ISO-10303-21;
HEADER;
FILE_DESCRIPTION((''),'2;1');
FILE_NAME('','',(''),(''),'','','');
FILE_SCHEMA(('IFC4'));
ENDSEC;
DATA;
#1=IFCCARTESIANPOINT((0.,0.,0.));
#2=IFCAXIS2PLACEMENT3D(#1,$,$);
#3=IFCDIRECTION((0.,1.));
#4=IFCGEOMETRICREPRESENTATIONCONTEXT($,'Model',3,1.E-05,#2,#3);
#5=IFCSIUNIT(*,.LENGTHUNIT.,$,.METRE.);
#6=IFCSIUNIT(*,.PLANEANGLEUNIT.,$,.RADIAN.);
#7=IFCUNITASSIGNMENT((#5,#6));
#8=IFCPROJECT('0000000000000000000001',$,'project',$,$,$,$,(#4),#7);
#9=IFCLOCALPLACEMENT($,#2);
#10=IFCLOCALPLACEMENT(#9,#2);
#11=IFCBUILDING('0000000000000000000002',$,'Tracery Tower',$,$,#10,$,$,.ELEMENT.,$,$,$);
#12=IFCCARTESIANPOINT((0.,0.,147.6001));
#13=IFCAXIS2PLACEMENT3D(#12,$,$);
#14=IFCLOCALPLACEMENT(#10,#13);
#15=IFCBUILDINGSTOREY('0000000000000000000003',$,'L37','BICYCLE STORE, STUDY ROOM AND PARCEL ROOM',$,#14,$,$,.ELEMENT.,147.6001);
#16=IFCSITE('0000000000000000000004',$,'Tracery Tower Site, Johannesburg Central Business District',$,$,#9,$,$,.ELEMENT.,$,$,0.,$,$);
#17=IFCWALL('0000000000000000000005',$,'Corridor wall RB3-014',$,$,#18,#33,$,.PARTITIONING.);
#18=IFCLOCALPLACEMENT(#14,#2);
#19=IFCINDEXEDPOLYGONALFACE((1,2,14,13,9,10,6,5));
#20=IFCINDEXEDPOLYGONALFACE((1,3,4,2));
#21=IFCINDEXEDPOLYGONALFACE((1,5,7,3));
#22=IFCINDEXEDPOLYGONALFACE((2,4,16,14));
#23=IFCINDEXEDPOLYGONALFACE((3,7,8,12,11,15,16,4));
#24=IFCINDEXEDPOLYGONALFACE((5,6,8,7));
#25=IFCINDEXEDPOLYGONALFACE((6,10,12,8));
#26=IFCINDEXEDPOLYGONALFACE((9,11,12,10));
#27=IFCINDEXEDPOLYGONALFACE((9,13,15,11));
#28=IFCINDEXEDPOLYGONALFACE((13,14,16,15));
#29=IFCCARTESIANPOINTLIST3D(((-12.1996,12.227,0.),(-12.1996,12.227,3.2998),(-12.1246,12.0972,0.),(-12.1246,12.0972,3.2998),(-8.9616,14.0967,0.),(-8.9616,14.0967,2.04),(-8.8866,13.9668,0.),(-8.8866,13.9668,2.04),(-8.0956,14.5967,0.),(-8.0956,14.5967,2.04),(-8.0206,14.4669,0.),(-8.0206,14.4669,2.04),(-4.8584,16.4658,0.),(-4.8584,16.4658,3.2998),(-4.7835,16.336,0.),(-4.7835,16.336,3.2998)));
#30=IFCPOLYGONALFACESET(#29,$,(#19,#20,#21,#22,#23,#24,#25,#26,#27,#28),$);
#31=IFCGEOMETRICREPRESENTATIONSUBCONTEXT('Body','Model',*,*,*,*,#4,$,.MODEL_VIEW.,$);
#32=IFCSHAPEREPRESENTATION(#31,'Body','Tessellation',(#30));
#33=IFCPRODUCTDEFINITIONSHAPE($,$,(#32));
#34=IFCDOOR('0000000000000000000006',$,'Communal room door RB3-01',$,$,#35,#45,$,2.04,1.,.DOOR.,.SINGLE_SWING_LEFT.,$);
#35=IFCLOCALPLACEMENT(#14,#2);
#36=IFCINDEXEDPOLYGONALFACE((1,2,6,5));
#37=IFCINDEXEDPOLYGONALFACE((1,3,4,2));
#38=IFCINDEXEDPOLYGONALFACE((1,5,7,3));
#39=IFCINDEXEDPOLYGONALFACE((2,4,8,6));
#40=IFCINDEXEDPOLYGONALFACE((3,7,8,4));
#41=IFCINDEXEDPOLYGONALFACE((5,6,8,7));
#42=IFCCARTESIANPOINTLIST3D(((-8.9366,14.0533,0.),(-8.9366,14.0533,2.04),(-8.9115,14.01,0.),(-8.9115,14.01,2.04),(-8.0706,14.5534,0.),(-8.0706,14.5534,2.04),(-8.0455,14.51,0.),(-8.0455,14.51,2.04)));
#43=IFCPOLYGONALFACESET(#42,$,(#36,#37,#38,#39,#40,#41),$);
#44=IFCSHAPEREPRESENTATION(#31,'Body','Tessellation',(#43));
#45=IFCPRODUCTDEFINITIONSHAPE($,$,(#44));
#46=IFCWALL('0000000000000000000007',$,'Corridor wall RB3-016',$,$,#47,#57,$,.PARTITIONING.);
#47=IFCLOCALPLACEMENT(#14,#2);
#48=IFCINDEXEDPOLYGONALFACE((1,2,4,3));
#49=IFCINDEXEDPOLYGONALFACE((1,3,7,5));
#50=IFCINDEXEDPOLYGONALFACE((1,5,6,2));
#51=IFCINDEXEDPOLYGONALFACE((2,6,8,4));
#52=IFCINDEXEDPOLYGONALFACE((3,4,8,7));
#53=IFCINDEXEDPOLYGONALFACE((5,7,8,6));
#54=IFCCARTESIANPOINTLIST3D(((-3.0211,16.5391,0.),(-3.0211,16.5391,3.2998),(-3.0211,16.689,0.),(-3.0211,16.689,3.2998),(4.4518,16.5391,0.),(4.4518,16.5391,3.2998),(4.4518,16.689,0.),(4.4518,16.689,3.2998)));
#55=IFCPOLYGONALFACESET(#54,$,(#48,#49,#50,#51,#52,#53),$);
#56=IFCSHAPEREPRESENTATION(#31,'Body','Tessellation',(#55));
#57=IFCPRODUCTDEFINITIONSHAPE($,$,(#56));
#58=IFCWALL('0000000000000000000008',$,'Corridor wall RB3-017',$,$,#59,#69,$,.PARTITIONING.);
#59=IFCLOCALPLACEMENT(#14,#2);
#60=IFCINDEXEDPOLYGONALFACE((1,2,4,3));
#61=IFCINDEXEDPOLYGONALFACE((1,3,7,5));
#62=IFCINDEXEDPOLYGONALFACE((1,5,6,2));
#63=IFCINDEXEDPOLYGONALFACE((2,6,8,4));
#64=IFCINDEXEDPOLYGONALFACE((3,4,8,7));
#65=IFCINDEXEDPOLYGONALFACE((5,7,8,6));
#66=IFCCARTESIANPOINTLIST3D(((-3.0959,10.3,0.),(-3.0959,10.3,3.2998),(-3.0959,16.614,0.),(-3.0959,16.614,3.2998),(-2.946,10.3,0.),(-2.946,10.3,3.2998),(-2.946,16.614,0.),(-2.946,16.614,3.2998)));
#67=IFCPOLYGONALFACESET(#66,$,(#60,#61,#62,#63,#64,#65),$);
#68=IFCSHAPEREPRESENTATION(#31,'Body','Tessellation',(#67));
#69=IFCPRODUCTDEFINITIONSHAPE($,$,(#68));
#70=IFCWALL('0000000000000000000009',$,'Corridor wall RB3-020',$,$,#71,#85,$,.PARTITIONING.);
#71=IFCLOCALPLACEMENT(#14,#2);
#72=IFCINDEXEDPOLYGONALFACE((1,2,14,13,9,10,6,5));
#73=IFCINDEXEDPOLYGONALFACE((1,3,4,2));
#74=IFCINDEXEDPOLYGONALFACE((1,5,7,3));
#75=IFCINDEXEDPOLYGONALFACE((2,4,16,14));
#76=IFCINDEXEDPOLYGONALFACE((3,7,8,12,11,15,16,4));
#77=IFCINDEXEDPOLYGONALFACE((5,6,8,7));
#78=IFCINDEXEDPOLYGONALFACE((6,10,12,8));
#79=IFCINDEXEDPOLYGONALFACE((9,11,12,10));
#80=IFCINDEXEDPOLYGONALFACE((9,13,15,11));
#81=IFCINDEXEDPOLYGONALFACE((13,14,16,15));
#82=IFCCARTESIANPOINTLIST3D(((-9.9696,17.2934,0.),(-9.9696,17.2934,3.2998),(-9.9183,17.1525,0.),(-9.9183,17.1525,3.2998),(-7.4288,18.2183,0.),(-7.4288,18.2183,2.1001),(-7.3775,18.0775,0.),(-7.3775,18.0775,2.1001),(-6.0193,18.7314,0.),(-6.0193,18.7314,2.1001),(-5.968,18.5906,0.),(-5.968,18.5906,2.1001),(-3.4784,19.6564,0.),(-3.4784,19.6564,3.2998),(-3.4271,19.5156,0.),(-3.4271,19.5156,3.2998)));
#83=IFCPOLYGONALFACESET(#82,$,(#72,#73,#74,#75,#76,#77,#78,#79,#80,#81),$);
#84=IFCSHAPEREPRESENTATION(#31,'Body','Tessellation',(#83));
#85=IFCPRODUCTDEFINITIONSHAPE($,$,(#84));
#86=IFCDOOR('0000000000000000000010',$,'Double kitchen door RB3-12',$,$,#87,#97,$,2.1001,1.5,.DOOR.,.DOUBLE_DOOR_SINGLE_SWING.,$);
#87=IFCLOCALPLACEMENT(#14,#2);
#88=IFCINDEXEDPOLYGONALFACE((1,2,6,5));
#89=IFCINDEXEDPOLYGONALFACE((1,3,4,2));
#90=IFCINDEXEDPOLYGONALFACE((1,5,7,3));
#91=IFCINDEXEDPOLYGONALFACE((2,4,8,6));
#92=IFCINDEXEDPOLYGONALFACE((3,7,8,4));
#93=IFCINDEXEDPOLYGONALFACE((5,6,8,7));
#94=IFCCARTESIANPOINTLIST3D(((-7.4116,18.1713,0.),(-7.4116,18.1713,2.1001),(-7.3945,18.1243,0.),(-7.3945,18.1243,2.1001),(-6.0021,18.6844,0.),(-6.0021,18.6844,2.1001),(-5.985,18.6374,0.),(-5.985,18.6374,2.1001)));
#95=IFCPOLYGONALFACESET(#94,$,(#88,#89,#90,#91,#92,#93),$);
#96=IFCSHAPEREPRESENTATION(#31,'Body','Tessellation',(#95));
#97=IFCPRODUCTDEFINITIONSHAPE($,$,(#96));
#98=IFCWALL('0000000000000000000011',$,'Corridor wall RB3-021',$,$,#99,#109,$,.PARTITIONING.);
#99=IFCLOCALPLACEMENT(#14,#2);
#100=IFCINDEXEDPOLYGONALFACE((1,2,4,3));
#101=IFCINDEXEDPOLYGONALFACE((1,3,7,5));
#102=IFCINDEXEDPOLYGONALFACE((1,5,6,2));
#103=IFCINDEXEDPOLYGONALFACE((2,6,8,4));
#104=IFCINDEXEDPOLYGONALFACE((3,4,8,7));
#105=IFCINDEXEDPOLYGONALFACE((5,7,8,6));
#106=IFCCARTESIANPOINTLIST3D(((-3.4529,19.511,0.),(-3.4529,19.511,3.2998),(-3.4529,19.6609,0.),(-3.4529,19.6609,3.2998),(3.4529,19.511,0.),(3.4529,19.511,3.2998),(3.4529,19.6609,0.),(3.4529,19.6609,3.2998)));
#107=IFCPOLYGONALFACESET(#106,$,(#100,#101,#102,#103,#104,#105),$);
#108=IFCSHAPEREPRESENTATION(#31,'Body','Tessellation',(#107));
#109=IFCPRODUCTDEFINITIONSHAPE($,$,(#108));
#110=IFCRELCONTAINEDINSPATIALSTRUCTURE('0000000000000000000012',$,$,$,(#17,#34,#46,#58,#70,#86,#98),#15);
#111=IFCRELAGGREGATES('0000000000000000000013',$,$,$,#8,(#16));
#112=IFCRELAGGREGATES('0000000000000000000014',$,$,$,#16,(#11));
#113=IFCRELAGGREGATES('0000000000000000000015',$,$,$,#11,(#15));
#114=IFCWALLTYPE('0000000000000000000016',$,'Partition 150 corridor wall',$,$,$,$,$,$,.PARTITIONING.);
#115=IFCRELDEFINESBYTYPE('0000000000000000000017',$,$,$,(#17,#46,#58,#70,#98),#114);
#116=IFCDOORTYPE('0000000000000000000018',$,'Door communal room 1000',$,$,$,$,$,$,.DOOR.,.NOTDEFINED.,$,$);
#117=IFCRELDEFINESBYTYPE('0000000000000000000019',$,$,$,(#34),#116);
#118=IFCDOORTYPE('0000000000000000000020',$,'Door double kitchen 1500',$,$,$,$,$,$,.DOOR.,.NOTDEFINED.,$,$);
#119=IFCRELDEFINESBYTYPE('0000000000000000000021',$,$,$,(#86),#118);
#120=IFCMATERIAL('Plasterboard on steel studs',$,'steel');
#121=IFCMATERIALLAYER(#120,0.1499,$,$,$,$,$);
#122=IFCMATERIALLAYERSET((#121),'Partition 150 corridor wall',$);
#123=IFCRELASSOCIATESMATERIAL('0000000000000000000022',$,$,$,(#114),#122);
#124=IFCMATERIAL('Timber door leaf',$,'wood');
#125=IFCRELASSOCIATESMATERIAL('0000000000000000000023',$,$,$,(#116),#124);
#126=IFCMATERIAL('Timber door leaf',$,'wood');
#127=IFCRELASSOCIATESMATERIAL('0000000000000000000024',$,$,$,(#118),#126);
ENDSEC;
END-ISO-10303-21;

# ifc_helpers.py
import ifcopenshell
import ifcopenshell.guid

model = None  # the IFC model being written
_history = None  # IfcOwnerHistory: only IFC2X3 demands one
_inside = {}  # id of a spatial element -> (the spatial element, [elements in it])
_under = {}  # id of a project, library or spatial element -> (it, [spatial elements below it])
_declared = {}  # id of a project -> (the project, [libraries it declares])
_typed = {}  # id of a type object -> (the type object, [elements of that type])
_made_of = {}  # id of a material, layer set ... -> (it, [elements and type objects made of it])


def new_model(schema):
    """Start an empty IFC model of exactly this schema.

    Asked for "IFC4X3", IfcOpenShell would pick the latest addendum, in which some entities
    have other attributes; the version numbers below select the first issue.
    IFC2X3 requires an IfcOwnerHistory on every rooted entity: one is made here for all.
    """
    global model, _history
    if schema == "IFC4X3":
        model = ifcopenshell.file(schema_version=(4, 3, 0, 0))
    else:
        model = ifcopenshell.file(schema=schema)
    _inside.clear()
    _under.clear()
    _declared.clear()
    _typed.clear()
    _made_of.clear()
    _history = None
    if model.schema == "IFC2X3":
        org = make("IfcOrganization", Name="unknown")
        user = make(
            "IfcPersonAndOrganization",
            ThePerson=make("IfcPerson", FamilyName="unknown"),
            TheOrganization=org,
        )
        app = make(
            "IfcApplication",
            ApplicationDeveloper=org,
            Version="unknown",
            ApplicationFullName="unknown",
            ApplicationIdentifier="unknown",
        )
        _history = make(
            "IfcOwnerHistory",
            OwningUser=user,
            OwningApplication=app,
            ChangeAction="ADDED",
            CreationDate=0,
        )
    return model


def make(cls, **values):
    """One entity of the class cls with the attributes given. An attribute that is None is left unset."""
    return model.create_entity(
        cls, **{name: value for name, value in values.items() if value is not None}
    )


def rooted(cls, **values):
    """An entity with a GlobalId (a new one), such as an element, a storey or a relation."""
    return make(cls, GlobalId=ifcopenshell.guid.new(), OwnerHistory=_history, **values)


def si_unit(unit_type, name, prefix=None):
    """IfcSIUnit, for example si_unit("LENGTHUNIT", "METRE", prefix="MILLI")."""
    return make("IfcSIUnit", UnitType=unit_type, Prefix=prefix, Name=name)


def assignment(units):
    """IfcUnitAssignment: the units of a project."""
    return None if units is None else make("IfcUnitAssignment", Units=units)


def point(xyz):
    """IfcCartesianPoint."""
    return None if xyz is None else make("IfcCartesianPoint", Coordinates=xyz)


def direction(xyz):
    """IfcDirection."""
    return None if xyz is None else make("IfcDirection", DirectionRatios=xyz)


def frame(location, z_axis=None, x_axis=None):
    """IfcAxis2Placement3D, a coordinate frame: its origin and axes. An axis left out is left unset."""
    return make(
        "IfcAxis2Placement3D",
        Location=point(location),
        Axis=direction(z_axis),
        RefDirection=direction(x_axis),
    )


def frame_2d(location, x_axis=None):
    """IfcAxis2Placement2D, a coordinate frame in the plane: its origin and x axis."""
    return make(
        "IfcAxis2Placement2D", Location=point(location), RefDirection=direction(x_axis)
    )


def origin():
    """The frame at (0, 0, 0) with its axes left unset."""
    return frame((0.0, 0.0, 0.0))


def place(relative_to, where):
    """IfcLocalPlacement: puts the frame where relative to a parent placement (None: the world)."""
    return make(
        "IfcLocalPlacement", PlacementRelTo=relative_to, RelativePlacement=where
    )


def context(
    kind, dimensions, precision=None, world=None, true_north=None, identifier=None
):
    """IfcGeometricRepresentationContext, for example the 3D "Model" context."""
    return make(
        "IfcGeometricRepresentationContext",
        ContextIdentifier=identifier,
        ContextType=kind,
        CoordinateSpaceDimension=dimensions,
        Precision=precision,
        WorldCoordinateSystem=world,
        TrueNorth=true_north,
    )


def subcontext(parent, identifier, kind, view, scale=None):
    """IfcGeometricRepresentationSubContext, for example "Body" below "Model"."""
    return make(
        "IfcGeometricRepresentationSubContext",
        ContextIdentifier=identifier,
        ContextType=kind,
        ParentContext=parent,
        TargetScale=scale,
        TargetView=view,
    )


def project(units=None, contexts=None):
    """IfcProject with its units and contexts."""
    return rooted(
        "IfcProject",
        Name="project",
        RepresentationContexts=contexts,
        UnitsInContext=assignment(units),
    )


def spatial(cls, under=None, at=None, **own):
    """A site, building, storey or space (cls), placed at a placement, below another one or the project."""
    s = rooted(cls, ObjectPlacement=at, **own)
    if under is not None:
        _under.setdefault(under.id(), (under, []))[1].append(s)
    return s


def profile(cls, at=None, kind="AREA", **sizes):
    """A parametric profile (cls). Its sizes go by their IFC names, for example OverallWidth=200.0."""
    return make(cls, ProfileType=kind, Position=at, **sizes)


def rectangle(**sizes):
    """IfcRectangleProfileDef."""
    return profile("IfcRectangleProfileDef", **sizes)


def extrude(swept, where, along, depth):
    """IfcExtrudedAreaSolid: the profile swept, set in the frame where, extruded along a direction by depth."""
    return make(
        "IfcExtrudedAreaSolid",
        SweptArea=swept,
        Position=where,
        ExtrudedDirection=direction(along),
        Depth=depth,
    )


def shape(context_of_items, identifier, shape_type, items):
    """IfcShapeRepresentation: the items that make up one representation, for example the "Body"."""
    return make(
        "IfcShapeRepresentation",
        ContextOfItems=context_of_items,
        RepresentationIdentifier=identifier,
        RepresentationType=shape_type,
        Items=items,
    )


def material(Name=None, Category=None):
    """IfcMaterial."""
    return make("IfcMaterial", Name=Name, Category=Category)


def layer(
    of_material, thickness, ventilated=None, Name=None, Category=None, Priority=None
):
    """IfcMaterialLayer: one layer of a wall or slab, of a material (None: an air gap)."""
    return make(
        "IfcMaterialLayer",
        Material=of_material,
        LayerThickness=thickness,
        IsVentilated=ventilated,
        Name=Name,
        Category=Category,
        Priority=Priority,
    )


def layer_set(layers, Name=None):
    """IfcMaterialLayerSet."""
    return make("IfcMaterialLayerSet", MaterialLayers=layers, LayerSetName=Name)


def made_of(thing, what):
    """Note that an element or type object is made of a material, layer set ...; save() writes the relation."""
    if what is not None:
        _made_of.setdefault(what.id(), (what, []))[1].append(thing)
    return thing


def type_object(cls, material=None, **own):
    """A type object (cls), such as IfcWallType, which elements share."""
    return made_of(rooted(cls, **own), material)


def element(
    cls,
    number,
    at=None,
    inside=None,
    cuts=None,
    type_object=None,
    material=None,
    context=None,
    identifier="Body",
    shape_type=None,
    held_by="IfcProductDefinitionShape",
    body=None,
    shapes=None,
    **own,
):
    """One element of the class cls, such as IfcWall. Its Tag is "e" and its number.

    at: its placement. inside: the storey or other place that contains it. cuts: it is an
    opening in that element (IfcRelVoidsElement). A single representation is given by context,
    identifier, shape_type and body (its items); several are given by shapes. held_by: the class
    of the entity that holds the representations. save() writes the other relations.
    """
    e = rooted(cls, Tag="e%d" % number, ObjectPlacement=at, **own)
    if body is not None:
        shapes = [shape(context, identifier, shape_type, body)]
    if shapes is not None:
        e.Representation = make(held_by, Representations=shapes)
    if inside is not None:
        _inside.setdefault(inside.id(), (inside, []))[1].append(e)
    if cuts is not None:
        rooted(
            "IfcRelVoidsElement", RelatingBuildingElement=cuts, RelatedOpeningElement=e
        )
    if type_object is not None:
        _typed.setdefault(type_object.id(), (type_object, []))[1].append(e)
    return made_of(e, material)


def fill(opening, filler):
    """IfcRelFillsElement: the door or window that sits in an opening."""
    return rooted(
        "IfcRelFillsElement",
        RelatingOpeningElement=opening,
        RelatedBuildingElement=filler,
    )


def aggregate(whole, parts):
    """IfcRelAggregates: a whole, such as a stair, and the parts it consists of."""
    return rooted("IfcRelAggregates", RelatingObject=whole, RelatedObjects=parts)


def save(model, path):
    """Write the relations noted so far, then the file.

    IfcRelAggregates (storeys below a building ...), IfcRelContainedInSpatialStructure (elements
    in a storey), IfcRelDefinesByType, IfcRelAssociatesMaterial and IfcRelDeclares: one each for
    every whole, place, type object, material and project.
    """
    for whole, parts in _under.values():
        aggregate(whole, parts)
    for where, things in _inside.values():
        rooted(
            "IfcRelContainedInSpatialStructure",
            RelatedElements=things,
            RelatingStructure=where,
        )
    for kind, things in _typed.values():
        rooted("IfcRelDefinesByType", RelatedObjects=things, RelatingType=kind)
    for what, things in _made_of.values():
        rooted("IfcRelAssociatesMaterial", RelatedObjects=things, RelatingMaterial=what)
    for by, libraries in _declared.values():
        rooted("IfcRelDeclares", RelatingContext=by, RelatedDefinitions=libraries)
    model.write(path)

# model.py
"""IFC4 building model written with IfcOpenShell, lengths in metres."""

from ifc_helpers import new_model, si_unit, direction, frame, frame_2d, origin, place, context, subcontext, project, spatial, rectangle, extrude, material, layer, layer_set, type_object, element, fill, save


model = new_model("IFC4")

# Units and contexts
model_context = context("Model", 3, precision=1e-05, world=origin(), true_north=direction((0.0, 1.0)))
body_context = subcontext(model_context, "Body", "Model", "MODEL_VIEW")
ifc_project = project(units=[si_unit("LENGTHUNIT", "METRE"), si_unit("PLANEANGLEUNIT", "RADIAN")], contexts=[model_context])

# Site, building, storey
site_placement = place(None, origin())
site = spatial("IfcSite", under=ifc_project, at=site_placement, Name="Tracery Tower Site, Johannesburg Central Business District", CompositionType="ELEMENT", RefElevation=0.0)
building_placement = place(site_placement, origin())
building = spatial("IfcBuilding", under=site, at=building_placement, Name="Tracery Tower", CompositionType="ELEMENT")
storey_placement = place(building_placement, frame((0.0, 0.0, 147.6001)))
storey = spatial("IfcBuildingStorey", under=building, at=storey_placement, Name="L37", Description="BICYCLE STORE, STUDY ROOM AND PARCEL ROOM", CompositionType="ELEMENT", Elevation=147.6001)

# Shared definitions
ifc_material_1 = material(Name="Plasterboard on steel studs", Category="steel")
ifc_layer_1 = layer(ifc_material_1, 0.1499)
ifc_layer_set_1 = layer_set([ifc_layer_1], Name="Partition 150 corridor wall")
wall_type_1 = type_object("IfcWallType", Name="Partition 150 corridor wall", PredefinedType="PARTITIONING", material=ifc_layer_set_1)

# Wall, opening, door
wall_1_placement = place(storey_placement, frame((-12.1621, 12.1621, 0.0), z_axis=(0.0, 0.0, 1.0), x_axis=(0.866005, 0.500036, 0.0)))
wall_1 = element("IfcWall", 1, at=wall_1_placement, inside=storey, type_object=wall_type_1, Name="Corridor wall RB3-014", PredefinedType="PARTITIONING", context=body_context, shape_type="SweptSolid", body=[
    extrude(rectangle(XDim=8.4771, YDim=0.1499, at=frame_2d((4.2385, 0.0))), origin(), (0.0, 0.0, 1.0), 3.2998),
])
opening_1_placement = place(wall_1_placement, frame((3.739, 0.0, 0.0)))
opening_1 = element("IfcOpeningElement", 2, at=opening_1_placement, cuts=wall_1, PredefinedType="OPENING", context=body_context, shape_type="SweptSolid", body=[
    extrude(rectangle(XDim=1.0, YDim=2.04, at=frame_2d((0.5, 1.02))), frame((0.0, 0.075, 0.0), z_axis=(0.0, -1.0, 0.0), x_axis=(1.0, 0.0, 0.0)), (0.0, 0.0, 1.0), 0.1499),
])
ifc_material_2 = material(Name="Timber door leaf", Category="wood")
door_type_1 = type_object("IfcDoorType", Name="Door communal room 1000", OperationType="NOTDEFINED", PredefinedType="DOOR", material=ifc_material_2)
door_1_placement = place(opening_1_placement, origin())
door_1 = element("IfcDoor", 3, at=door_1_placement, inside=storey, type_object=door_type_1, Name="Communal room door RB3-01", OperationType="SINGLE_SWING_LEFT", OverallHeight=2.04, OverallWidth=1.0, PredefinedType="DOOR", context=body_context, shape_type="SweptSolid", body=[
    extrude(rectangle(XDim=1.0, YDim=2.04, at=frame_2d((0.5, 1.02))), frame((0.0, 0.0249, 0.0), z_axis=(0.0, -1.0, 0.0), x_axis=(1.0, 0.0, 0.0)), (0.0, 0.0, 1.0), 0.05),
])
fill(opening_1, door_1)

# Walls
wall_2_placement = place(storey_placement, frame((-3.021, 16.614, 0.0), z_axis=(0.0, 0.0, 1.0), x_axis=(1.0, 0.0, 0.0)))
element("IfcWall", 4, at=wall_2_placement, inside=storey, type_object=wall_type_1, Name="Corridor wall RB3-016", PredefinedType="PARTITIONING", context=body_context, shape_type="SweptSolid", body=[
    extrude(rectangle(XDim=7.4729, YDim=0.1499, at=frame_2d((3.7363, 0.0))), origin(), (0.0, 0.0, 1.0), 3.2998),
])
wall_3_placement = place(storey_placement, frame((-3.021, 10.3, 0.0), z_axis=(0.0, 0.0, 1.0), x_axis=(0.0, 1.0, 0.0)))
element("IfcWall", 5, at=wall_3_placement, inside=storey, type_object=wall_type_1, Name="Corridor wall RB3-017", PredefinedType="PARTITIONING", context=body_context, shape_type="SweptSolid", body=[
    extrude(rectangle(XDim=6.314, YDim=0.1499, at=frame_2d((3.157, 0.0))), origin(), (0.0, 0.0, 1.0), 3.2998),
])

# Wall, opening, door
wall_4_placement = place(storey_placement, frame((-9.9441, 17.2229, 0.0), z_axis=(0.0, 0.0, 1.0), x_axis=(0.939673, 0.342075, 0.0)))
wall_4 = element("IfcWall", 6, at=wall_4_placement, inside=storey, type_object=wall_type_1, Name="Corridor wall RB3-020", PredefinedType="PARTITIONING", context=body_context, shape_type="SweptSolid", body=[
    extrude(rectangle(XDim=6.908, YDim=0.1499, at=frame_2d((3.4541, 0.0))), origin(), (0.0, 0.0, 1.0), 3.2998),
])
opening_2_placement = place(wall_4_placement, frame((2.7041, 0.0, 0.0)))
opening_2 = element("IfcOpeningElement", 7, at=opening_2_placement, cuts=wall_4, PredefinedType="OPENING", context=body_context, shape_type="SweptSolid", body=[
    extrude(rectangle(XDim=1.5, YDim=2.1001, at=frame_2d((0.75, 1.05))), frame((0.0, 0.075, 0.0), z_axis=(0.0, -1.0, 0.0), x_axis=(1.0, 0.0, 0.0)), (0.0, 0.0, 1.0), 0.1499),
])
ifc_material_3 = material(Name="Timber door leaf", Category="wood")
door_type_2 = type_object("IfcDoorType", Name="Door double kitchen 1500", OperationType="NOTDEFINED", PredefinedType="DOOR", material=ifc_material_3)
door_2_placement = place(opening_2_placement, origin())
door_2 = element("IfcDoor", 8, at=door_2_placement, inside=storey, type_object=door_type_2, Name="Double kitchen door RB3-12", OperationType="DOUBLE_DOOR_SINGLE_SWING", OverallHeight=2.1001, OverallWidth=1.5, PredefinedType="DOOR", context=body_context, shape_type="SweptSolid", body=[
    extrude(rectangle(XDim=1.5, YDim=2.1001, at=frame_2d((0.75, 1.05))), frame((0.0, 0.0249, 0.0), z_axis=(0.0, -1.0, 0.0), x_axis=(1.0, 0.0, 0.0)), (0.0, 0.0, 1.0), 0.05),
])
fill(opening_2, door_2)

# Wall
wall_5_placement = place(storey_placement, frame((-3.4529, 19.5859, 0.0), z_axis=(0.0, 0.0, 1.0), x_axis=(1.0, 0.0, 0.0)))
element("IfcWall", 9, at=wall_5_placement, inside=storey, type_object=wall_type_1, Name="Corridor wall RB3-021", PredefinedType="PARTITIONING", context=body_context, shape_type="SweptSolid", body=[
    extrude(rectangle(XDim=6.9058, YDim=0.1499, at=frame_2d((3.4529, 0.0))), origin(), (0.0, 0.0, 1.0), 3.2998),
])

save(model, "model.ifc")
